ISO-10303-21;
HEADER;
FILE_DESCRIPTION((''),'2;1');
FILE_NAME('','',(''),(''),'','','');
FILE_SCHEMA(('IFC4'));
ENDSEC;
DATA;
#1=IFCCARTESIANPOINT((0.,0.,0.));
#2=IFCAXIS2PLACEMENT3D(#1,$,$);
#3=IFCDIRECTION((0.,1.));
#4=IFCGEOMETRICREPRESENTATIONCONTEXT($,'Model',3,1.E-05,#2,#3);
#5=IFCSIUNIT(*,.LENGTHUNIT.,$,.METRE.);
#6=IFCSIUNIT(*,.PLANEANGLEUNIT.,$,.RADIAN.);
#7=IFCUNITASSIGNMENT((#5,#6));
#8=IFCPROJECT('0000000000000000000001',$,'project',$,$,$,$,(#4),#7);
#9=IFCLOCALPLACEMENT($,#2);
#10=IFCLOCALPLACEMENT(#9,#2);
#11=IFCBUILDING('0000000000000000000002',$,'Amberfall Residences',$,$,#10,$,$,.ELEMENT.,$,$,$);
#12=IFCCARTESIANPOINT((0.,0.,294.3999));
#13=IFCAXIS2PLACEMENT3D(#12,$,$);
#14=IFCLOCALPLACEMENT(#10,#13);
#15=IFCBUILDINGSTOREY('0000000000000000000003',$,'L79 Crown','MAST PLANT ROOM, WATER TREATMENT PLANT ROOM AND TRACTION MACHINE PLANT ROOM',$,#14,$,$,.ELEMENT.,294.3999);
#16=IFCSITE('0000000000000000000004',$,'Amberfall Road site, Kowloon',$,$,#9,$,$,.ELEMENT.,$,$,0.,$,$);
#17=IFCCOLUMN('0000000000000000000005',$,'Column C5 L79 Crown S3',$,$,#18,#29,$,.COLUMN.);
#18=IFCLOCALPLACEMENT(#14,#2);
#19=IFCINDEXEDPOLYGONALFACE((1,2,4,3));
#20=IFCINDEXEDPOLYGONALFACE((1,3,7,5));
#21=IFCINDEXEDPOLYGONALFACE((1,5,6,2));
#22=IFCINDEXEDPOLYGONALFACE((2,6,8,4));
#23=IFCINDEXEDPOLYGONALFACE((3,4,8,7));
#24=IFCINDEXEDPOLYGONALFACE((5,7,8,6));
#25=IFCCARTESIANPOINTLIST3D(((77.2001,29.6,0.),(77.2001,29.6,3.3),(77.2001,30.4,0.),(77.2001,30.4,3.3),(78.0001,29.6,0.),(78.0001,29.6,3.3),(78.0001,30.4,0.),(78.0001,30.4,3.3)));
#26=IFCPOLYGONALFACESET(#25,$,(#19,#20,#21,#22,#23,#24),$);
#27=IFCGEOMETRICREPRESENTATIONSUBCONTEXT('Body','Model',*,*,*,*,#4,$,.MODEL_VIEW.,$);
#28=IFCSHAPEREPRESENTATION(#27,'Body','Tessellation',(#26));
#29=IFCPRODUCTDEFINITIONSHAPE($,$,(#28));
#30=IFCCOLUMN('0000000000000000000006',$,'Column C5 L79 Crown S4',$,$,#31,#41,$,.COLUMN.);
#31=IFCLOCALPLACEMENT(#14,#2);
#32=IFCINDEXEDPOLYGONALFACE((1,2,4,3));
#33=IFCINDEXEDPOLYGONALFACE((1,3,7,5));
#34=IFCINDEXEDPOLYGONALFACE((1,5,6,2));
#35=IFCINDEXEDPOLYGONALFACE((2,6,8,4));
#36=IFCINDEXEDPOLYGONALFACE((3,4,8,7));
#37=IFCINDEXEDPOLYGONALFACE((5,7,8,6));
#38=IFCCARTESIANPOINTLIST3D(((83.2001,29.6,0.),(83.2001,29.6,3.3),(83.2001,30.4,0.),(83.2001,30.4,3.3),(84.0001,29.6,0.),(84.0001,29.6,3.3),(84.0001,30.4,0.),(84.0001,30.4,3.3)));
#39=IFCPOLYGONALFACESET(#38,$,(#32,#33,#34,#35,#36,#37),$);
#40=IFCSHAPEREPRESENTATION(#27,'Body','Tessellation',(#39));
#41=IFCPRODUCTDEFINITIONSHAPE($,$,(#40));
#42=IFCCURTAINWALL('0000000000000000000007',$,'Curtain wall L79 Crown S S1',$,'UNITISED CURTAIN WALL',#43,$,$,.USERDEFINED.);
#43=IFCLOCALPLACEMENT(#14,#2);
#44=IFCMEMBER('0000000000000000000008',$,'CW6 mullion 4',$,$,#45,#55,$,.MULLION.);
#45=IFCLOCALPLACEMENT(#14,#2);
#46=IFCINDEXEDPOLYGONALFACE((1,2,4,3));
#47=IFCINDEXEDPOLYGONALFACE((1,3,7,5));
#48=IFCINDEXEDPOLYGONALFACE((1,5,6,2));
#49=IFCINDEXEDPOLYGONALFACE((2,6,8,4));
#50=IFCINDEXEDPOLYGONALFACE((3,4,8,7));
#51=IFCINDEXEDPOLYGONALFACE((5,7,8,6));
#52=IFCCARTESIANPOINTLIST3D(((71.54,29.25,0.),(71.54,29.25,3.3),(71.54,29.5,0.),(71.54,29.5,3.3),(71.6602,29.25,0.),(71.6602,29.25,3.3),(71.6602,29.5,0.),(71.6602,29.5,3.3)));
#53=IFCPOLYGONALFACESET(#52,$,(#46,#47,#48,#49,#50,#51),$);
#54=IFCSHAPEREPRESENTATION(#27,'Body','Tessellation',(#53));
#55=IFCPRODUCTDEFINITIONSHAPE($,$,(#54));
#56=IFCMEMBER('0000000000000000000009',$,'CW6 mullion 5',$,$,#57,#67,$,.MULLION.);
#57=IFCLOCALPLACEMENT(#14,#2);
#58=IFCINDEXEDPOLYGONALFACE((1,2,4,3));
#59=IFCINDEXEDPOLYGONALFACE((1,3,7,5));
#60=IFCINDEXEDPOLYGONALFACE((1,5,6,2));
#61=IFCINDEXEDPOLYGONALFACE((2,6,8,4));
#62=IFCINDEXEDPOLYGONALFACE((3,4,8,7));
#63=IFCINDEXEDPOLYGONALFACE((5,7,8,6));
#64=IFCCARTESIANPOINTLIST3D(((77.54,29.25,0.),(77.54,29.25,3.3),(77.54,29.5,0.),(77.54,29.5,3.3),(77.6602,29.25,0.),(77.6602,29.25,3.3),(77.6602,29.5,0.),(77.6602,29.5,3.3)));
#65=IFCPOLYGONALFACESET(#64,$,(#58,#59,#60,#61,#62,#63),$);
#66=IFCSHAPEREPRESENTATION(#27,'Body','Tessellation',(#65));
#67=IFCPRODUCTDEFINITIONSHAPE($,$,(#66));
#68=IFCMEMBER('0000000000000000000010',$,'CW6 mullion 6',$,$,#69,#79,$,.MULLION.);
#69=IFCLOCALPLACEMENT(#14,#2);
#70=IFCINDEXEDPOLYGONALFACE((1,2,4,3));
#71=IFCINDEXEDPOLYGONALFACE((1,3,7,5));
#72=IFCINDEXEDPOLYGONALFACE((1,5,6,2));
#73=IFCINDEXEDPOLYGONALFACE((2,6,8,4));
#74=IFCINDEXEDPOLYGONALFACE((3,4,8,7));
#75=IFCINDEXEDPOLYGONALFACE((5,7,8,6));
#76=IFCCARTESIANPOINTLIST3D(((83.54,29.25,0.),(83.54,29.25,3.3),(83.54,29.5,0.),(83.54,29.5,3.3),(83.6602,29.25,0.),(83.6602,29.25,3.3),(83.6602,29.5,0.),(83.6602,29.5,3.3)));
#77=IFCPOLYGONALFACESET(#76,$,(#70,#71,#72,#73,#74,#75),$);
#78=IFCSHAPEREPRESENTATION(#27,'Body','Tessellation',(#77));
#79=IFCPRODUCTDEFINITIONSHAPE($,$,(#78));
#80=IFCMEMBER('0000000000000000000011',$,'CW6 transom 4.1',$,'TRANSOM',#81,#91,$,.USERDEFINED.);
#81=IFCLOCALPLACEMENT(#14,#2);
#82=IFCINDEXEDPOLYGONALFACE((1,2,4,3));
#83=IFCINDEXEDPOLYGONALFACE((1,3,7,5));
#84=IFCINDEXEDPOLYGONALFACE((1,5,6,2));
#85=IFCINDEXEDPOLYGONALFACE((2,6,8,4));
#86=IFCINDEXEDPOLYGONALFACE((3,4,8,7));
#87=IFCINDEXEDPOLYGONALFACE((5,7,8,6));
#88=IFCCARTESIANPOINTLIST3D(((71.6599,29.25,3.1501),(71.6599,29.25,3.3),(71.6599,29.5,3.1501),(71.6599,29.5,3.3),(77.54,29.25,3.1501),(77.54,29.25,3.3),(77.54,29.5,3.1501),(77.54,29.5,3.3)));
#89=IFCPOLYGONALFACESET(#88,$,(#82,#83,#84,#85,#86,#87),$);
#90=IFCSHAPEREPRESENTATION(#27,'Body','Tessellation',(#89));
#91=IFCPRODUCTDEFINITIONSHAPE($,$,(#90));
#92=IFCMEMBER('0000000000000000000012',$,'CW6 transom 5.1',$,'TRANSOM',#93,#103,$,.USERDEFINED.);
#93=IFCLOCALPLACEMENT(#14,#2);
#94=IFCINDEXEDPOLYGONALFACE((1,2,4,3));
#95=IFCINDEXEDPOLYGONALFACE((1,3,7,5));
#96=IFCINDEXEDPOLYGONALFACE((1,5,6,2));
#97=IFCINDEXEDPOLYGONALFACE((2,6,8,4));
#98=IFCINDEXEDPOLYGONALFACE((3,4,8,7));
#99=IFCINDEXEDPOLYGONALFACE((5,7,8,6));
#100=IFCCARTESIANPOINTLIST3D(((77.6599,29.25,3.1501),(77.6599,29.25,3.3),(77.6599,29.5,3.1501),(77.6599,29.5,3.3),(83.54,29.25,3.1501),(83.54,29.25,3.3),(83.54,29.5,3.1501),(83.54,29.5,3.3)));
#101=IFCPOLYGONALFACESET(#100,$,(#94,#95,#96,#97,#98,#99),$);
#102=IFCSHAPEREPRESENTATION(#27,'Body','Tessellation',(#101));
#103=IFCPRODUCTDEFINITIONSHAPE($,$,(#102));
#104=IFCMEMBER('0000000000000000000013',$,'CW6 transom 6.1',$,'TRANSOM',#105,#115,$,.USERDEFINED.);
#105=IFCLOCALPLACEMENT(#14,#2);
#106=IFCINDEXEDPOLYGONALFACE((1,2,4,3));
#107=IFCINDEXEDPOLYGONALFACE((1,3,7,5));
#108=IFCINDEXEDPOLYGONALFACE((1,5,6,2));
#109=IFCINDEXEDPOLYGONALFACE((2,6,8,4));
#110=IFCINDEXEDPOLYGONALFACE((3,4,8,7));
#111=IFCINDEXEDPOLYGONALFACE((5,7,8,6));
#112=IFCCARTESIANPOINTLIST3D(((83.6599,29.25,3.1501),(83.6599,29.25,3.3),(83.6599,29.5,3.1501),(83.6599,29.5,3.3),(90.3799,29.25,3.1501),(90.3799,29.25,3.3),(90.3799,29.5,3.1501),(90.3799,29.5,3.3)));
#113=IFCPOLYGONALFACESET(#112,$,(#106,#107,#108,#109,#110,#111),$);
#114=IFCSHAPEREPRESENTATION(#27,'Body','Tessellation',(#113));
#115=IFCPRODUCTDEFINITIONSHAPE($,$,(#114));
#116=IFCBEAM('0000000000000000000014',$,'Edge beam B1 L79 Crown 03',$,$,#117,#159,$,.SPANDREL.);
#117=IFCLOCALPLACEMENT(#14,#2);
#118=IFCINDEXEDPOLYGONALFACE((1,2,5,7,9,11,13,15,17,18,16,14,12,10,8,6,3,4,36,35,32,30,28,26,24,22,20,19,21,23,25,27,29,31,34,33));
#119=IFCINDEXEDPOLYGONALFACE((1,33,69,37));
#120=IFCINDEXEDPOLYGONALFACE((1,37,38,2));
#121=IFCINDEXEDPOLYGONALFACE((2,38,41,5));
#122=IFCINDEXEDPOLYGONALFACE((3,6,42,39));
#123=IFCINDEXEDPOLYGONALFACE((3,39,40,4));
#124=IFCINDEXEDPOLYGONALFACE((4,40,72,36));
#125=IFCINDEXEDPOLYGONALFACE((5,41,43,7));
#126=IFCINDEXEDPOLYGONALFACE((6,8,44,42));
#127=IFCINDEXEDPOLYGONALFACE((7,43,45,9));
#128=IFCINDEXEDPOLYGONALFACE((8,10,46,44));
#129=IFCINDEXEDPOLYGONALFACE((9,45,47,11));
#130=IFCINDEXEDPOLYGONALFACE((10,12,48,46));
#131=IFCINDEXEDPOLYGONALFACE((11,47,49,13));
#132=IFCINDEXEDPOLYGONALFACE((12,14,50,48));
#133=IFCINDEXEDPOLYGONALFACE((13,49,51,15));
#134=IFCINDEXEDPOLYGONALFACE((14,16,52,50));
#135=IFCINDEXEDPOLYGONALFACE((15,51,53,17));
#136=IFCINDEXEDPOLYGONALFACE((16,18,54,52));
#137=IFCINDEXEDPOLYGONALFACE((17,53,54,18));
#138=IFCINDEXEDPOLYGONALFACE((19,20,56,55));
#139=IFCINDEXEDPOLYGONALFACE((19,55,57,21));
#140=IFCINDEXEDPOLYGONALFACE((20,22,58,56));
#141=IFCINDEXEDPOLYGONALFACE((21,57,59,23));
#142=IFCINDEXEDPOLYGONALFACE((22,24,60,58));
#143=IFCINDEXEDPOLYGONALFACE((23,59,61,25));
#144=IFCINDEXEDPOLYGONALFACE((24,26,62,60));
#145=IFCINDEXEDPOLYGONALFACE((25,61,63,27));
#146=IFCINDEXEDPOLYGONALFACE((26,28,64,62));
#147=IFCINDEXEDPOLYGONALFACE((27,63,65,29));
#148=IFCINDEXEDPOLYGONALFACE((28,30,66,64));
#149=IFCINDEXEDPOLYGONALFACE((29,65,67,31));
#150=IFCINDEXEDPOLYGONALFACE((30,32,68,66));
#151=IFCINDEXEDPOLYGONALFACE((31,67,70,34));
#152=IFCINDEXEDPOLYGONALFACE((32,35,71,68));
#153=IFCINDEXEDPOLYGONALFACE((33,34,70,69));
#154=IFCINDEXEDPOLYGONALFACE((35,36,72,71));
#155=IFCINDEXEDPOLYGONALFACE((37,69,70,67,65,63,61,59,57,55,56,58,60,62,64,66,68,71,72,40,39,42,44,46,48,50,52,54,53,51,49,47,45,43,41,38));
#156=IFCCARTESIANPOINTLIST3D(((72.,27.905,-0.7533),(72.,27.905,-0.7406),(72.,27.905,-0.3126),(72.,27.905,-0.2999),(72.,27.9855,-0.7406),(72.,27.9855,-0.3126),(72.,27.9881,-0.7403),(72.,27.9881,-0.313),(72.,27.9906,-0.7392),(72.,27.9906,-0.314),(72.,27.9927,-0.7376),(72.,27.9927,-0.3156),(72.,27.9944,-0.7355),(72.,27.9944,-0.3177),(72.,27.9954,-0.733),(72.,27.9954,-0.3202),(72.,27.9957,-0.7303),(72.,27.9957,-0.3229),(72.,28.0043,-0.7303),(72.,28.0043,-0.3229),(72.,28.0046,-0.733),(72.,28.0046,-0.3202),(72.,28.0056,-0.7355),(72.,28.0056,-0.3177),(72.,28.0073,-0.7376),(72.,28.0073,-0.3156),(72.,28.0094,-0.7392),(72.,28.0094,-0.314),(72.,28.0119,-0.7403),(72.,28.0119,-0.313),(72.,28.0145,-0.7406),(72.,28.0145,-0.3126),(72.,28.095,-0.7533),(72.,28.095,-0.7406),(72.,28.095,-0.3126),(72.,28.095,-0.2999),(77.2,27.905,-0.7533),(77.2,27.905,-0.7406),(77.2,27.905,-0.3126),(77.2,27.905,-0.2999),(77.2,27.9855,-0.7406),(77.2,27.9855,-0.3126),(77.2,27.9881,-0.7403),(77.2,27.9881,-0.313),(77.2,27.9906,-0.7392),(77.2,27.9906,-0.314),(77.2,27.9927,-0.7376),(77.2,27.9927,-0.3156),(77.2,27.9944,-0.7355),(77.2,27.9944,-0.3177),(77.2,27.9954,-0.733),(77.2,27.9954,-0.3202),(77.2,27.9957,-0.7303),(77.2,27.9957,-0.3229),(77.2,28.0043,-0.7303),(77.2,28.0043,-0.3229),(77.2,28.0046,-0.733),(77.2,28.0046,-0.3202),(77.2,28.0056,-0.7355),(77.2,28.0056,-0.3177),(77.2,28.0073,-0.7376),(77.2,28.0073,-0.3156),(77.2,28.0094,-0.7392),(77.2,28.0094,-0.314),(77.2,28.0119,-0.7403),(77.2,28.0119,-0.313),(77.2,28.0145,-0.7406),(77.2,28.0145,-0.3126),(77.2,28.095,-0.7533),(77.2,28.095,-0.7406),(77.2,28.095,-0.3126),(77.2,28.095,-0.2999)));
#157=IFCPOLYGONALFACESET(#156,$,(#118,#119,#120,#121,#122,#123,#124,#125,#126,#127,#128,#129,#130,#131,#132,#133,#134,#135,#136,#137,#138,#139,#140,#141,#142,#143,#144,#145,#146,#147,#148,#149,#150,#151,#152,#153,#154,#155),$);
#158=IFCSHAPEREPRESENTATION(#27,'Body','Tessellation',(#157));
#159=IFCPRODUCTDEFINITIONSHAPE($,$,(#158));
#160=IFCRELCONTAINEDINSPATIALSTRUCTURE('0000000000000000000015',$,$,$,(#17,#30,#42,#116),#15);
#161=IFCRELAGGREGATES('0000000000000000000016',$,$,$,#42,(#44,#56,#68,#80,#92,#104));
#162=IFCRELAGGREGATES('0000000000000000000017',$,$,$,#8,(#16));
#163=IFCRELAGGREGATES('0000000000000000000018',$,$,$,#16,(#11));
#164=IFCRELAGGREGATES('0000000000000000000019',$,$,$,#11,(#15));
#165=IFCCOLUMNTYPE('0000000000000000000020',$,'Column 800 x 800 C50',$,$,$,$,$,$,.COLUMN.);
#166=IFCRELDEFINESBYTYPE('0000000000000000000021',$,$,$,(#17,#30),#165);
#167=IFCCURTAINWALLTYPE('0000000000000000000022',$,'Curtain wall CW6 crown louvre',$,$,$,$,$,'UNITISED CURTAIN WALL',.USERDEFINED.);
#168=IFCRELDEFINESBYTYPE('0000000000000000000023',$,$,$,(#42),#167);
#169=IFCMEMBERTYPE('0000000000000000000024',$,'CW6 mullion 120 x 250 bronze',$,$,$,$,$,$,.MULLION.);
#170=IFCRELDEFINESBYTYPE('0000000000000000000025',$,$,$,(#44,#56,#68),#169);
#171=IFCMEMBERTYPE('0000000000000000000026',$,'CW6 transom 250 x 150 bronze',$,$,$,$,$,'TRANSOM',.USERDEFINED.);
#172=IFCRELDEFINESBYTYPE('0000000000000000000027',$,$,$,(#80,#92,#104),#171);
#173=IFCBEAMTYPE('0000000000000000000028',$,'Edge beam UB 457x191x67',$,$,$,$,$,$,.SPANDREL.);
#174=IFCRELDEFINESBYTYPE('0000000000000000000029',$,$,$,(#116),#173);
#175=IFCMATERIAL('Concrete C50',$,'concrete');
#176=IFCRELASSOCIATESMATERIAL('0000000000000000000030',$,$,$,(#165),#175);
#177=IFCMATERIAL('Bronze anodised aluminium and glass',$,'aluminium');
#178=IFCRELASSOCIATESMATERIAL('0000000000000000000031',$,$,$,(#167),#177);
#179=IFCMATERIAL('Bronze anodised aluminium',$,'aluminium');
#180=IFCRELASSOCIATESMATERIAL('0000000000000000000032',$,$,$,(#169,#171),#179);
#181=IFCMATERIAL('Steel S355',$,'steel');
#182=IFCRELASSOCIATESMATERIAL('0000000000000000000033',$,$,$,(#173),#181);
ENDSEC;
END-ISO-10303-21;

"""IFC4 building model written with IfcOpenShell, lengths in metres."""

from ifc_helpers import new_model, si_unit, direction, frame, origin, origin_2d, place, context, subcontext, project, spatial, rectangle, i_section, extrude, material, material_profile, profile_set, type_object, element, aggregate, save


model = new_model("IFC4")

# Units and contexts
model_context = context("Model", 3, precision=1e-05, world=origin(), true_north=direction((0.0, 1.0)))
body_context = subcontext(model_context, "Body", "Model", "MODEL_VIEW")
ifc_project = project(units=[si_unit("LENGTHUNIT", "METRE"), si_unit("PLANEANGLEUNIT", "RADIAN")], contexts=[model_context])

# Site, building, storey
site_placement = place(None, origin())
site = spatial("IfcSite", under=ifc_project, at=site_placement, Name="Amberfall Road site, Kowloon", CompositionType="ELEMENT", RefElevation=0.0)
building_placement = place(site_placement, origin())
building = spatial("IfcBuilding", under=site, at=building_placement, Name="Amberfall Residences", CompositionType="ELEMENT")
storey_placement = place(building_placement, frame((0.0, 0.0, 294.3999)))
storey = spatial("IfcBuildingStorey", under=building, at=storey_placement, Name="L79 Crown", Description="MAST PLANT ROOM, WATER TREATMENT PLANT ROOM AND TRACTION MACHINE PLANT ROOM", CompositionType="ELEMENT", Elevation=294.3999)

# Columns
ifc_material_1 = material(Name="Concrete C50", Category="concrete")
ifc_material_profile_1 = material_profile(ifc_material_1, rectangle(XDim=0.8, YDim=0.8, at=origin_2d()), Name="Column 800 x 800 C50")
ifc_profile_set_1 = profile_set([ifc_material_profile_1], Name="Concrete C50")
column_type = type_object("IfcColumnType", Name="Column 800 x 800 C50", PredefinedType="COLUMN", material=ifc_profile_set_1)
for number, where, z_axis, x_axis, name in (
    (1, (77.6001, 30.0, 0.0), (0.0, 0.0, 1.0), (1.0, 0.0, 0.0), "Column C5 L79 Crown S3"),
    (2, (83.6001, 30.0, 0.0), (0.0, 0.0, 1.0), (1.0, 0.0, 0.0), "Column C5 L79 Crown S4"),
):
    element("IfcColumn", number, at=place(storey_placement, frame(where, z_axis=z_axis, x_axis=x_axis)), inside=storey, type_object=column_type, Name=name, PredefinedType="COLUMN", context=body_context, shape_type="SweptSolid", body=[
        extrude(rectangle(XDim=0.8, YDim=0.8, at=origin_2d()), origin(), (0.0, 0.0, 1.0), 3.3),
    ])

# Curtain wall, members
ifc_material_2 = material(Name="Bronze anodised aluminium and glass", Category="aluminium")
curtain_wall_type = type_object("IfcCurtainWallType", Name="Curtain wall CW6 crown louvre", ElementType="UNITISED CURTAIN WALL", PredefinedType="USERDEFINED", material=ifc_material_2)
curtain_wall_placement = place(storey_placement, origin())
curtain_wall = element("IfcCurtainWall", 3, at=curtain_wall_placement, inside=storey, type_object=curtain_wall_type, Name="Curtain wall L79 Crown S S1", ObjectType="UNITISED CURTAIN WALL", PredefinedType="USERDEFINED")
ifc_material_3 = material(Name="Bronze anodised aluminium", Category="aluminium")
ifc_material_profile_2 = material_profile(ifc_material_3, rectangle(XDim=0.25, YDim=0.1201, at=origin_2d()), Name="CW6 mullion 120 x 250 bronze")
ifc_profile_set_2 = profile_set([ifc_material_profile_2], Name="Bronze anodised aluminium")
member_type_1 = type_object("IfcMemberType", Name="CW6 mullion 120 x 250 bronze", PredefinedType="MULLION", material=ifc_profile_set_2)
member_1_placement = place(storey_placement, frame((71.6001, 29.375, 0.0), z_axis=(0.0, 0.0, 1.0), x_axis=(0.0, 1.0, 0.0)))
member_1 = element("IfcMember", 4, at=member_1_placement, type_object=member_type_1, Name="CW6 mullion 4", PredefinedType="MULLION", context=body_context, shape_type="SweptSolid", body=[
    extrude(rectangle(XDim=0.25, YDim=0.1201, at=origin_2d()), origin(), (0.0, 0.0, 1.0), 3.3),
])
member_2_placement = place(storey_placement, frame((77.6001, 29.375, 0.0), z_axis=(0.0, 0.0, 1.0), x_axis=(0.0, 1.0, 0.0)))
member_2 = element("IfcMember", 5, at=member_2_placement, type_object=member_type_1, Name="CW6 mullion 5", PredefinedType="MULLION", context=body_context, shape_type="SweptSolid", body=[
    extrude(rectangle(XDim=0.25, YDim=0.1201, at=origin_2d()), origin(), (0.0, 0.0, 1.0), 3.3),
])
member_3_placement = place(storey_placement, frame((83.6001, 29.375, 0.0), z_axis=(0.0, 0.0, 1.0), x_axis=(0.0, 1.0, 0.0)))
member_3 = element("IfcMember", 6, at=member_3_placement, type_object=member_type_1, Name="CW6 mullion 6", PredefinedType="MULLION", context=body_context, shape_type="SweptSolid", body=[
    extrude(rectangle(XDim=0.25, YDim=0.1201, at=origin_2d()), origin(), (0.0, 0.0, 1.0), 3.3),
])
ifc_material_profile_3 = material_profile(ifc_material_3, rectangle(XDim=0.25, YDim=0.1499, at=origin_2d()), Name="CW6 transom 250 x 150 bronze")
ifc_profile_set_3 = profile_set([ifc_material_profile_3], Name="Bronze anodised aluminium")
member_type_2 = type_object("IfcMemberType", Name="CW6 transom 250 x 150 bronze", ElementType="TRANSOM", PredefinedType="USERDEFINED", material=ifc_profile_set_3)
member_4_placement = place(storey_placement, frame((71.6599, 29.375, 3.2251), z_axis=(1.0, 0.0, 0.0), x_axis=(0.0, 1.0, 0.0)))
member_4 = element("IfcMember", 7, at=member_4_placement, type_object=member_type_2, Name="CW6 transom 4.1", ObjectType="TRANSOM", PredefinedType="USERDEFINED", context=body_context, shape_type="SweptSolid", body=[
    extrude(rectangle(XDim=0.25, YDim=0.1499, at=origin_2d()), origin(), (0.0, 0.0, 1.0), 5.8801),
])
member_5_placement = place(storey_placement, frame((77.6599, 29.375, 3.2251), z_axis=(1.0, 0.0, 0.0), x_axis=(0.0, 1.0, 0.0)))
member_5 = element("IfcMember", 8, at=member_5_placement, type_object=member_type_2, Name="CW6 transom 5.1", ObjectType="TRANSOM", PredefinedType="USERDEFINED", context=body_context, shape_type="SweptSolid", body=[
    extrude(rectangle(XDim=0.25, YDim=0.1499, at=origin_2d()), origin(), (0.0, 0.0, 1.0), 5.8801),
])
member_6_placement = place(storey_placement, frame((83.6599, 29.375, 3.2251), z_axis=(1.0, 0.0, 0.0), x_axis=(0.0, 1.0, 0.0)))
member_6 = element("IfcMember", 9, at=member_6_placement, type_object=member_type_2, Name="CW6 transom 6.1", ObjectType="TRANSOM", PredefinedType="USERDEFINED", context=body_context, shape_type="SweptSolid", body=[
    extrude(rectangle(XDim=0.25, YDim=0.1499, at=origin_2d()), origin(), (0.0, 0.0, 1.0), 6.72),
])

# Beam
ifc_material_4 = material(Name="Steel S355", Category="steel")
ifc_material_profile_4 = material_profile(ifc_material_4, i_section(OverallWidth=0.1899, OverallDepth=0.4534, WebThickness=0.0085, FlangeThickness=0.0127, FilletRadius=0.0103, at=origin_2d()), Name="UB 457x191x67")
ifc_profile_set_4 = profile_set([ifc_material_profile_4], Name="Steel S355")
beam_type_1 = type_object("IfcBeamType", Name="Edge beam UB 457x191x67", PredefinedType="SPANDREL", material=ifc_profile_set_4)
for number, where, z_axis, x_axis, name in (
    (10, (72.0, 28.0, -0.5266), (1.0, 0.0, 0.0), (0.0, 1.0, 0.0), "Edge beam B1 L79 Crown 03"),
):
    element("IfcBeam", number, at=place(storey_placement, frame(where, z_axis=z_axis, x_axis=x_axis)), inside=storey, type_object=beam_type_1, Name=name, PredefinedType="SPANDREL", context=body_context, shape_type="SweptSolid", body=[
        extrude(i_section(OverallWidth=0.1899, OverallDepth=0.4534, WebThickness=0.0085, FlangeThickness=0.0127, FilletRadius=0.0103, at=origin_2d()), origin(), (0.0, 0.0, 1.0), 5.2),
    ])

aggregate(curtain_wall, [member_1, member_2, member_3, member_4, member_5, member_6])

save(model, "model.ifc")
